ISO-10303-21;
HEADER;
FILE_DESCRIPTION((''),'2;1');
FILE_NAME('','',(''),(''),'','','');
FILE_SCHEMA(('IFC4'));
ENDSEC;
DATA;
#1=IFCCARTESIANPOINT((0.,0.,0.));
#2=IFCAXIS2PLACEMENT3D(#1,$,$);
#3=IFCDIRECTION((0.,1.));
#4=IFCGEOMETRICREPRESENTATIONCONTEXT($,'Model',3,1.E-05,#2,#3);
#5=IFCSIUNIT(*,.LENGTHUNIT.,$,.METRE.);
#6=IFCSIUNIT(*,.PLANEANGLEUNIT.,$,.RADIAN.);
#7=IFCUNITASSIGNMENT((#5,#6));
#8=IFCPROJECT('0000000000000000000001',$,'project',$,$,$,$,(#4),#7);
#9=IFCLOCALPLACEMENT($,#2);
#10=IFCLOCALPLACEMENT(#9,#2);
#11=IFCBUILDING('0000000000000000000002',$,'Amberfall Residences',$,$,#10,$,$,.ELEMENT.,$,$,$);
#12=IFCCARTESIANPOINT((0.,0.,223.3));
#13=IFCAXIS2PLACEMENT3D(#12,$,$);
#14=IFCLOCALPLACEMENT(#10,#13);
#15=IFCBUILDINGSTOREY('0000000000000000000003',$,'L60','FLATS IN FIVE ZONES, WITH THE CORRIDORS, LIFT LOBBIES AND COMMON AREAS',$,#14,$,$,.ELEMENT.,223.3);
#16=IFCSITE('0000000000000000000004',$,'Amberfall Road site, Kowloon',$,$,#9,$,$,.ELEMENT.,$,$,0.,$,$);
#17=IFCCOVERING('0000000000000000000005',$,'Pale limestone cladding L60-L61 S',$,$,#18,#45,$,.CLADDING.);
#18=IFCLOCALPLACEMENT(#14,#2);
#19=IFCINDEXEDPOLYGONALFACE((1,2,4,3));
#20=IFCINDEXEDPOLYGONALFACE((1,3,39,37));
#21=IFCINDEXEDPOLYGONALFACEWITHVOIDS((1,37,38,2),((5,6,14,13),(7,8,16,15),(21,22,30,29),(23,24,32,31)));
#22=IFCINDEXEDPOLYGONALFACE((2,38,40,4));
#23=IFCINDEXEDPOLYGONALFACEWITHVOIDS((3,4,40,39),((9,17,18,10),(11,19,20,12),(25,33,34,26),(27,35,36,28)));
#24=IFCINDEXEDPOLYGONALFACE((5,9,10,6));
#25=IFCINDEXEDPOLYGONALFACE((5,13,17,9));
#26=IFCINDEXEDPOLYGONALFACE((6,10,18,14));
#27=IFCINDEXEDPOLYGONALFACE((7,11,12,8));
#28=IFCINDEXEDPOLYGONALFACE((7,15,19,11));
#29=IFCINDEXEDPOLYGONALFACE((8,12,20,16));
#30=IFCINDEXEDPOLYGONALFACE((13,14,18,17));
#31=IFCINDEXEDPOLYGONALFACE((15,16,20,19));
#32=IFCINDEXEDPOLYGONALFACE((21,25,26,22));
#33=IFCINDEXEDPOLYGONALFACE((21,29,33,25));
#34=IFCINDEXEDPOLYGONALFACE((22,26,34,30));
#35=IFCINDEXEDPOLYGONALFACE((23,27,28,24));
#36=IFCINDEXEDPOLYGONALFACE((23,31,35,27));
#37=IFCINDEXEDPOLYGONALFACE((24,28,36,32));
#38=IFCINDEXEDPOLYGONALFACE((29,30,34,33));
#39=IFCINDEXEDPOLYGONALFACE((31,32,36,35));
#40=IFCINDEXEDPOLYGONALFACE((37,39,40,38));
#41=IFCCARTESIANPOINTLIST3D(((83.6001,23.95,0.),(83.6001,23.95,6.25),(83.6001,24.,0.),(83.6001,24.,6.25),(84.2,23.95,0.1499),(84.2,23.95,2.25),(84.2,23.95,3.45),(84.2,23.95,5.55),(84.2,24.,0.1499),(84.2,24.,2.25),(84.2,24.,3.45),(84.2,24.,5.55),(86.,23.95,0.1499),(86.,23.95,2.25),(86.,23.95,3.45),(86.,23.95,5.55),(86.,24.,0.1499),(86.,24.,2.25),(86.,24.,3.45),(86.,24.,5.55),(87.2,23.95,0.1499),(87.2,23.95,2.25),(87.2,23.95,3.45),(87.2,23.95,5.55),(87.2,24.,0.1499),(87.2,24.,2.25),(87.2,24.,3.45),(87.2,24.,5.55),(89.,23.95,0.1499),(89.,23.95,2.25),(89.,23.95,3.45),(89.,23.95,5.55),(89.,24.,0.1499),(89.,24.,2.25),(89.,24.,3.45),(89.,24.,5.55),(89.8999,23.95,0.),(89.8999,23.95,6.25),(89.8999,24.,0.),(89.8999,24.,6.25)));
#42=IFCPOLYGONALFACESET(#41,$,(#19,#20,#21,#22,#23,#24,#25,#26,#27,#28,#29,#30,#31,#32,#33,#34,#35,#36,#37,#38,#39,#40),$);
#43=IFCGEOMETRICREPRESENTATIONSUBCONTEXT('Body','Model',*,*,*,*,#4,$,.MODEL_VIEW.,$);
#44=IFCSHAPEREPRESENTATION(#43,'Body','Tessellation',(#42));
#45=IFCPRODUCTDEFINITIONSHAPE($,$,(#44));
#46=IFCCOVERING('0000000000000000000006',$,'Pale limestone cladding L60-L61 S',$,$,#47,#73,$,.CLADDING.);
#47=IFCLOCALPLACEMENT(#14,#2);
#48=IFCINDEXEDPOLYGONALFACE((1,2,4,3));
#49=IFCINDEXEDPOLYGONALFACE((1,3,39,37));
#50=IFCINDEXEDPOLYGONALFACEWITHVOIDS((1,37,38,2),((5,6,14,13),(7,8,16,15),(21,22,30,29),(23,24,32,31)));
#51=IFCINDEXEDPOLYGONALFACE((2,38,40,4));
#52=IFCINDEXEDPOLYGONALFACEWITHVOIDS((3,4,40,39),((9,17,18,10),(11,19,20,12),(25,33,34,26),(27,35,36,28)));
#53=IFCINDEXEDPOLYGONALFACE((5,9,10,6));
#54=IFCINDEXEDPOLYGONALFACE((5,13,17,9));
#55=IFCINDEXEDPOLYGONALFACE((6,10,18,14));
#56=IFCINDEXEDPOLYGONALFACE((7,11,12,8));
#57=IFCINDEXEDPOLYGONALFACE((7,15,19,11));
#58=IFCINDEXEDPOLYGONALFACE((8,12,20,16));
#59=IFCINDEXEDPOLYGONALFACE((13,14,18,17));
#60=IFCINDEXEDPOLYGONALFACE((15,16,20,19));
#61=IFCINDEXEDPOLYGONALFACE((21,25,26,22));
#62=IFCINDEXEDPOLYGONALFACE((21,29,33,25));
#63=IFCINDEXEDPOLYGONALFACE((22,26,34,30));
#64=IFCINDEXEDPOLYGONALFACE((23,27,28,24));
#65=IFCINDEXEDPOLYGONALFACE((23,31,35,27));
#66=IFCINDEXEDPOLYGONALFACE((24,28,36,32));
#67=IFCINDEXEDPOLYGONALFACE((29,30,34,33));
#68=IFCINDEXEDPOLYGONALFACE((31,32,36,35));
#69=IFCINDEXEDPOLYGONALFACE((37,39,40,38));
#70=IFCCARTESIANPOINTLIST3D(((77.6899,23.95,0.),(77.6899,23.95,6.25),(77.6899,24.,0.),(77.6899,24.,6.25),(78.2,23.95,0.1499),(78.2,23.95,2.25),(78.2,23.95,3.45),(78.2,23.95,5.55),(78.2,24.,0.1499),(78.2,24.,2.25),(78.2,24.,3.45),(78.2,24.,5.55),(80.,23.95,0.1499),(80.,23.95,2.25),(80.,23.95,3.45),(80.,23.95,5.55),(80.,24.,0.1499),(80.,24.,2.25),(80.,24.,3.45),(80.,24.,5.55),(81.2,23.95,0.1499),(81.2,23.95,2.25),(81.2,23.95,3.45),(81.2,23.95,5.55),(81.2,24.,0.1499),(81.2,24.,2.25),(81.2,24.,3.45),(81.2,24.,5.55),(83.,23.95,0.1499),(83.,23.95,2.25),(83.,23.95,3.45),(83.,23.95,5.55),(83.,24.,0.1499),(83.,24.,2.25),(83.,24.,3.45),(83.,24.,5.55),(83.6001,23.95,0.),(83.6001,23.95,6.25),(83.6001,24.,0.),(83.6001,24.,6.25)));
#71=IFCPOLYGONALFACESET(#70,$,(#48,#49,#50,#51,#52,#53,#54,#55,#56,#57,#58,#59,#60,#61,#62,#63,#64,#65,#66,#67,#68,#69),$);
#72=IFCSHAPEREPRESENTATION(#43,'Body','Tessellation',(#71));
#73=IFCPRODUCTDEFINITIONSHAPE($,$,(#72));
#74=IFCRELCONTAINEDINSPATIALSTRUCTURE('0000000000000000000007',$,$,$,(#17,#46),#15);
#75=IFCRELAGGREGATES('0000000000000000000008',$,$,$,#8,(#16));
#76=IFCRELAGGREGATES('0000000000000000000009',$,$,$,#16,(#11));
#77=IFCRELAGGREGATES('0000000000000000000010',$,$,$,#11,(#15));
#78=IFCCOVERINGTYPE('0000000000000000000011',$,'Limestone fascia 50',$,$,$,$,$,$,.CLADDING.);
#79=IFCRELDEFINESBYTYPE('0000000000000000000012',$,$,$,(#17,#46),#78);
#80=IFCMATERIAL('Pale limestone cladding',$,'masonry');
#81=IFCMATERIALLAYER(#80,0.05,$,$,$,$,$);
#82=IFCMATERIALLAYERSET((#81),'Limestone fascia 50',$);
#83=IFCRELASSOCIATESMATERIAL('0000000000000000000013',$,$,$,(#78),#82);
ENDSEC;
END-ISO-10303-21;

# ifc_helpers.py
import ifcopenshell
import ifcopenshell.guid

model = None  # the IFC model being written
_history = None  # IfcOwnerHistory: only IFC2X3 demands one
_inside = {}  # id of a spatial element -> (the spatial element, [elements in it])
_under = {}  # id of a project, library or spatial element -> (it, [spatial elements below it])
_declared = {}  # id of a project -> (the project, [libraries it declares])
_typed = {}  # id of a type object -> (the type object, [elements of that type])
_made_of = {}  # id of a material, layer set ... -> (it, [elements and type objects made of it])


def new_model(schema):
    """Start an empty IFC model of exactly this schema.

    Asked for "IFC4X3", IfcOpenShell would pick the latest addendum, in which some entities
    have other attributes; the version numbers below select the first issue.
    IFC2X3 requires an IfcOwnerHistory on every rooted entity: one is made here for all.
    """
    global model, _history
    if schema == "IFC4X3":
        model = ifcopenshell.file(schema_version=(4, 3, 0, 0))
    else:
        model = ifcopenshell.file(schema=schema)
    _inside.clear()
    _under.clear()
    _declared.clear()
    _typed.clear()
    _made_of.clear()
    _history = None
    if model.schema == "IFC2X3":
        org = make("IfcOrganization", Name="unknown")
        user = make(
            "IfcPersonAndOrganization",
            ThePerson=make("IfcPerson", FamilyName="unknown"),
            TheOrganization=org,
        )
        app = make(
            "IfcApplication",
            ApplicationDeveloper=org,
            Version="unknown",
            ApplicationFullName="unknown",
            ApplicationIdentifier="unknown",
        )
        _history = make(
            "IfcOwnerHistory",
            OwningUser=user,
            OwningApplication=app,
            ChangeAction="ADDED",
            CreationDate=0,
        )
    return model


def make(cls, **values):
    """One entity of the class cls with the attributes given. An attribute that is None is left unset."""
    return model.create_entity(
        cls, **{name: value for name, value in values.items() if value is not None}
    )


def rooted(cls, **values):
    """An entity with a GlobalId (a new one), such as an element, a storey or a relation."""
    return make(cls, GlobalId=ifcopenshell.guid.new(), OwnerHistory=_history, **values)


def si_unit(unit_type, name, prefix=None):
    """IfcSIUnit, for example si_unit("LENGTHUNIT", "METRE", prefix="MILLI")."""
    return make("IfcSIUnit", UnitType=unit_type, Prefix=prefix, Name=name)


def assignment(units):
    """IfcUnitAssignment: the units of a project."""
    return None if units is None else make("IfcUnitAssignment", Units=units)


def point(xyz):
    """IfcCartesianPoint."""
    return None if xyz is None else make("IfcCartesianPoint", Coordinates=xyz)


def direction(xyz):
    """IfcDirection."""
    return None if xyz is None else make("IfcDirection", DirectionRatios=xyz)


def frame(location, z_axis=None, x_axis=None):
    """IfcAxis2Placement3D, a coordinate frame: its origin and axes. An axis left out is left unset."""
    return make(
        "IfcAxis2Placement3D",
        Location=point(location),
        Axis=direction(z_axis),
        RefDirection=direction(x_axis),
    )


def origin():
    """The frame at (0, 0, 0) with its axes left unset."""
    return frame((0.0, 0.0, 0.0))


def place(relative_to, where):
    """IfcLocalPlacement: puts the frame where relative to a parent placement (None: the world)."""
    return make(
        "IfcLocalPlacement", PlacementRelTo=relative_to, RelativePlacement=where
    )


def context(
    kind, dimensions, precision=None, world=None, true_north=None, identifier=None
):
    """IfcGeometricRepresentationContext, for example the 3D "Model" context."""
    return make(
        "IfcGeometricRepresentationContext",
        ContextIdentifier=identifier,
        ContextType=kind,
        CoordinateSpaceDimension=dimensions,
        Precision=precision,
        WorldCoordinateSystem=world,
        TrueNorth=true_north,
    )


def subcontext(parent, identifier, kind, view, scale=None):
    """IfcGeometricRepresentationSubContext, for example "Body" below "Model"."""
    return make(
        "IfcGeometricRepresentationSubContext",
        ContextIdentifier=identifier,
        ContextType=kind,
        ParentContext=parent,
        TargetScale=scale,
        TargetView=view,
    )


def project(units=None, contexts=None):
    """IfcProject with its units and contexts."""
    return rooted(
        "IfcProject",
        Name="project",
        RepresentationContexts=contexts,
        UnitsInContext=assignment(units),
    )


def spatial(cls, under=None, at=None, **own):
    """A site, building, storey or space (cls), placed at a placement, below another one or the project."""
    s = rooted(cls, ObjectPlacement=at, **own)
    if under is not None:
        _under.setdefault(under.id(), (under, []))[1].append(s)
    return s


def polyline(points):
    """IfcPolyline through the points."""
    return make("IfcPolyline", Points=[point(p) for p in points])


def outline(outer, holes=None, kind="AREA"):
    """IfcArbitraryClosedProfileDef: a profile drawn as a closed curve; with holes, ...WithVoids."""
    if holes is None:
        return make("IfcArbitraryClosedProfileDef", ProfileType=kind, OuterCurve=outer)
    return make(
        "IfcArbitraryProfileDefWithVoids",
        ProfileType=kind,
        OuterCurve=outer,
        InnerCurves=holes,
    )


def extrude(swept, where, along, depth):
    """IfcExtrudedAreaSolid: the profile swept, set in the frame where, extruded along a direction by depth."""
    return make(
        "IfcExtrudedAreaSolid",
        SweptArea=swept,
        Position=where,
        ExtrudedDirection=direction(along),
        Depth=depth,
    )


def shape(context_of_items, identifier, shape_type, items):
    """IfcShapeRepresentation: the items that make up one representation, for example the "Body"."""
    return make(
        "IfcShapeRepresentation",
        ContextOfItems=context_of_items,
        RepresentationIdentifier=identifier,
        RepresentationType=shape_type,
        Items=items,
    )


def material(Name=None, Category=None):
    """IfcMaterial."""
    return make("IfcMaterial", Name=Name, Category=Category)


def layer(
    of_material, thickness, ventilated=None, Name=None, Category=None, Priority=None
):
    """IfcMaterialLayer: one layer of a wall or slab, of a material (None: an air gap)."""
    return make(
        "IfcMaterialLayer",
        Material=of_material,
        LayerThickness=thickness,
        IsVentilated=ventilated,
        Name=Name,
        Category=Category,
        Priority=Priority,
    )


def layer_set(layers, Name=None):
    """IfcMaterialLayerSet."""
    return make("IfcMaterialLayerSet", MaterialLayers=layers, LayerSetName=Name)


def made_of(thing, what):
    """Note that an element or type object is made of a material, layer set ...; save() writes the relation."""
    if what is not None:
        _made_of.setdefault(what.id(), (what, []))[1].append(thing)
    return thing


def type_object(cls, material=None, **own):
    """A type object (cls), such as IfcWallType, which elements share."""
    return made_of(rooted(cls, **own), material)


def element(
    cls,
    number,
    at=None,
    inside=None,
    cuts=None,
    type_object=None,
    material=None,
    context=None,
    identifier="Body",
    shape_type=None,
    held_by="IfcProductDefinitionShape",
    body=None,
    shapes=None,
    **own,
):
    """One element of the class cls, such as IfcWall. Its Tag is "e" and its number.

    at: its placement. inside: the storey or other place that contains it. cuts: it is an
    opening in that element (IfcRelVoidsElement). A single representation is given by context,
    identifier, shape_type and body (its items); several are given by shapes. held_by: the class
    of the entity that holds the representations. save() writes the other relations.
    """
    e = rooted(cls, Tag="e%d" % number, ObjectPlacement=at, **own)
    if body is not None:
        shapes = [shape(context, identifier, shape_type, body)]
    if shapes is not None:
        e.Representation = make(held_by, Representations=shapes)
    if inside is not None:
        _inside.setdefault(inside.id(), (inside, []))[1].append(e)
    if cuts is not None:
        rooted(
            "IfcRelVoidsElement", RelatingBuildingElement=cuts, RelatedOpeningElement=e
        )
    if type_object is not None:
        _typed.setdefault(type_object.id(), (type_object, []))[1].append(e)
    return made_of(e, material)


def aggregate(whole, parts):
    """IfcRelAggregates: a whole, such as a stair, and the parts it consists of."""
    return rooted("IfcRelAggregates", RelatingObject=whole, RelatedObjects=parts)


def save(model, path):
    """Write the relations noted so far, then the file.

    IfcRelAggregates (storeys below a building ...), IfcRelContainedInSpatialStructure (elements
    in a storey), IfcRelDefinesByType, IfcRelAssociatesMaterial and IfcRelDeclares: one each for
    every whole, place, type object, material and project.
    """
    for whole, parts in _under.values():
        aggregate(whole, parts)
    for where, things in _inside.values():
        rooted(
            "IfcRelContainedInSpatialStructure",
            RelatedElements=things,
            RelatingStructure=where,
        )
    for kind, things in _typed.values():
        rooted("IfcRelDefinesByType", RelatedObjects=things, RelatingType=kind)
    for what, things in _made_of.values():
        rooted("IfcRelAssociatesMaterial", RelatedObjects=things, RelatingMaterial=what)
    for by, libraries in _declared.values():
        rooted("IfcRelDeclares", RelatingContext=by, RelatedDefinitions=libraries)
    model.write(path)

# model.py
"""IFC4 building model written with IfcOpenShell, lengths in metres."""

from ifc_helpers import new_model, si_unit, direction, frame, origin, place, context, subcontext, project, spatial, polyline, outline, extrude, material, layer, layer_set, type_object, element, save


model = new_model("IFC4")

# Units and contexts
model_context = context("Model", 3, precision=1e-05, world=origin(), true_north=direction((0.0, 1.0)))
body_context = subcontext(model_context, "Body", "Model", "MODEL_VIEW")
ifc_project = project(units=[si_unit("LENGTHUNIT", "METRE"), si_unit("PLANEANGLEUNIT", "RADIAN")], contexts=[model_context])

# Site, building, storey
site_placement = place(None, origin())
site = spatial("IfcSite", under=ifc_project, at=site_placement, Name="Amberfall Road site, Kowloon", CompositionType="ELEMENT", RefElevation=0.0)
building_placement = place(site_placement, origin())
building = spatial("IfcBuilding", under=site, at=building_placement, Name="Amberfall Residences", CompositionType="ELEMENT")
storey_placement = place(building_placement, frame((0.0, 0.0, 223.3)))
storey = spatial("IfcBuildingStorey", under=building, at=storey_placement, Name="L60", Description="FLATS IN FIVE ZONES, WITH THE CORRIDORS, LIFT LOBBIES AND COMMON AREAS", CompositionType="ELEMENT", Elevation=223.3)

# Coverings
ifc_material_1 = material(Name="Pale limestone cladding", Category="masonry")
ifc_layer_1 = layer(ifc_material_1, 0.05)
ifc_layer_set_1 = layer_set([ifc_layer_1], Name="Limestone fascia 50")
covering_type = type_object("IfcCoveringType", Name="Limestone fascia 50", PredefinedType="CLADDING", material=ifc_layer_set_1)
covering_1_placement = place(storey_placement, frame((83.6001, 24.0, 6.25), z_axis=(0.0, 1.0, 0.0), x_axis=(1.0, 0.0, 0.0)))
element("IfcCovering", 1, at=covering_1_placement, inside=storey, type_object=covering_type, Name="Pale limestone cladding L60-L61 S", PredefinedType="CLADDING", context=body_context, shape_type="SweptSolid", body=[
    extrude(outline(polyline([(0.0, 0.0), (6.2998, 0.0), (6.2998, 6.25), (0.0, 6.25), (0.0, 0.0)]), holes=[polyline([(0.5999, 4.0), (2.3999, 4.0), (2.3999, 6.1001), (0.5999, 6.1001), (0.5999, 4.0)]), polyline([(3.5999, 4.0), (5.3999, 4.0), (5.3999, 6.1001), (3.5999, 6.1001), (3.5999, 4.0)]), polyline([(0.5999, 0.7), (2.3999, 0.7), (2.3999, 2.8), (0.5999, 2.8), (0.5999, 0.7)]), polyline([(3.5999, 0.7), (5.3999, 0.7), (5.3999, 2.8), (3.5999, 2.8), (3.5999, 0.7)])]), origin(), (0.0, 0.0, -1.0), 0.05),
])
covering_2_placement = place(storey_placement, frame((77.6899, 24.0, 6.25), z_axis=(0.0, 1.0, 0.0), x_axis=(1.0, 0.0, 0.0)))
element("IfcCovering", 2, at=covering_2_placement, inside=storey, type_object=covering_type, Name="Pale limestone cladding L60-L61 S", PredefinedType="CLADDING", context=body_context, shape_type="SweptSolid", body=[
    extrude(outline(polyline([(0.0, 0.0), (5.9102, 0.0), (5.9102, 6.25), (0.0, 6.25), (0.0, 0.0)]), holes=[polyline([(0.51, 4.0), (2.3101, 4.0), (2.3101, 6.1001), (0.51, 6.1001), (0.51, 4.0)]), polyline([(3.51, 4.0), (5.3101, 4.0), (5.3101, 6.1001), (3.51, 6.1001), (3.51, 4.0)]), polyline([(0.51, 0.7), (2.3101, 0.7), (2.3101, 2.8), (0.51, 2.8), (0.51, 0.7)]), polyline([(3.51, 0.7), (5.3101, 0.7), (5.3101, 2.8), (3.51, 2.8), (3.51, 0.7)])]), origin(), (0.0, 0.0, -1.0), 0.05),
])

save(model, "model.ifc")
